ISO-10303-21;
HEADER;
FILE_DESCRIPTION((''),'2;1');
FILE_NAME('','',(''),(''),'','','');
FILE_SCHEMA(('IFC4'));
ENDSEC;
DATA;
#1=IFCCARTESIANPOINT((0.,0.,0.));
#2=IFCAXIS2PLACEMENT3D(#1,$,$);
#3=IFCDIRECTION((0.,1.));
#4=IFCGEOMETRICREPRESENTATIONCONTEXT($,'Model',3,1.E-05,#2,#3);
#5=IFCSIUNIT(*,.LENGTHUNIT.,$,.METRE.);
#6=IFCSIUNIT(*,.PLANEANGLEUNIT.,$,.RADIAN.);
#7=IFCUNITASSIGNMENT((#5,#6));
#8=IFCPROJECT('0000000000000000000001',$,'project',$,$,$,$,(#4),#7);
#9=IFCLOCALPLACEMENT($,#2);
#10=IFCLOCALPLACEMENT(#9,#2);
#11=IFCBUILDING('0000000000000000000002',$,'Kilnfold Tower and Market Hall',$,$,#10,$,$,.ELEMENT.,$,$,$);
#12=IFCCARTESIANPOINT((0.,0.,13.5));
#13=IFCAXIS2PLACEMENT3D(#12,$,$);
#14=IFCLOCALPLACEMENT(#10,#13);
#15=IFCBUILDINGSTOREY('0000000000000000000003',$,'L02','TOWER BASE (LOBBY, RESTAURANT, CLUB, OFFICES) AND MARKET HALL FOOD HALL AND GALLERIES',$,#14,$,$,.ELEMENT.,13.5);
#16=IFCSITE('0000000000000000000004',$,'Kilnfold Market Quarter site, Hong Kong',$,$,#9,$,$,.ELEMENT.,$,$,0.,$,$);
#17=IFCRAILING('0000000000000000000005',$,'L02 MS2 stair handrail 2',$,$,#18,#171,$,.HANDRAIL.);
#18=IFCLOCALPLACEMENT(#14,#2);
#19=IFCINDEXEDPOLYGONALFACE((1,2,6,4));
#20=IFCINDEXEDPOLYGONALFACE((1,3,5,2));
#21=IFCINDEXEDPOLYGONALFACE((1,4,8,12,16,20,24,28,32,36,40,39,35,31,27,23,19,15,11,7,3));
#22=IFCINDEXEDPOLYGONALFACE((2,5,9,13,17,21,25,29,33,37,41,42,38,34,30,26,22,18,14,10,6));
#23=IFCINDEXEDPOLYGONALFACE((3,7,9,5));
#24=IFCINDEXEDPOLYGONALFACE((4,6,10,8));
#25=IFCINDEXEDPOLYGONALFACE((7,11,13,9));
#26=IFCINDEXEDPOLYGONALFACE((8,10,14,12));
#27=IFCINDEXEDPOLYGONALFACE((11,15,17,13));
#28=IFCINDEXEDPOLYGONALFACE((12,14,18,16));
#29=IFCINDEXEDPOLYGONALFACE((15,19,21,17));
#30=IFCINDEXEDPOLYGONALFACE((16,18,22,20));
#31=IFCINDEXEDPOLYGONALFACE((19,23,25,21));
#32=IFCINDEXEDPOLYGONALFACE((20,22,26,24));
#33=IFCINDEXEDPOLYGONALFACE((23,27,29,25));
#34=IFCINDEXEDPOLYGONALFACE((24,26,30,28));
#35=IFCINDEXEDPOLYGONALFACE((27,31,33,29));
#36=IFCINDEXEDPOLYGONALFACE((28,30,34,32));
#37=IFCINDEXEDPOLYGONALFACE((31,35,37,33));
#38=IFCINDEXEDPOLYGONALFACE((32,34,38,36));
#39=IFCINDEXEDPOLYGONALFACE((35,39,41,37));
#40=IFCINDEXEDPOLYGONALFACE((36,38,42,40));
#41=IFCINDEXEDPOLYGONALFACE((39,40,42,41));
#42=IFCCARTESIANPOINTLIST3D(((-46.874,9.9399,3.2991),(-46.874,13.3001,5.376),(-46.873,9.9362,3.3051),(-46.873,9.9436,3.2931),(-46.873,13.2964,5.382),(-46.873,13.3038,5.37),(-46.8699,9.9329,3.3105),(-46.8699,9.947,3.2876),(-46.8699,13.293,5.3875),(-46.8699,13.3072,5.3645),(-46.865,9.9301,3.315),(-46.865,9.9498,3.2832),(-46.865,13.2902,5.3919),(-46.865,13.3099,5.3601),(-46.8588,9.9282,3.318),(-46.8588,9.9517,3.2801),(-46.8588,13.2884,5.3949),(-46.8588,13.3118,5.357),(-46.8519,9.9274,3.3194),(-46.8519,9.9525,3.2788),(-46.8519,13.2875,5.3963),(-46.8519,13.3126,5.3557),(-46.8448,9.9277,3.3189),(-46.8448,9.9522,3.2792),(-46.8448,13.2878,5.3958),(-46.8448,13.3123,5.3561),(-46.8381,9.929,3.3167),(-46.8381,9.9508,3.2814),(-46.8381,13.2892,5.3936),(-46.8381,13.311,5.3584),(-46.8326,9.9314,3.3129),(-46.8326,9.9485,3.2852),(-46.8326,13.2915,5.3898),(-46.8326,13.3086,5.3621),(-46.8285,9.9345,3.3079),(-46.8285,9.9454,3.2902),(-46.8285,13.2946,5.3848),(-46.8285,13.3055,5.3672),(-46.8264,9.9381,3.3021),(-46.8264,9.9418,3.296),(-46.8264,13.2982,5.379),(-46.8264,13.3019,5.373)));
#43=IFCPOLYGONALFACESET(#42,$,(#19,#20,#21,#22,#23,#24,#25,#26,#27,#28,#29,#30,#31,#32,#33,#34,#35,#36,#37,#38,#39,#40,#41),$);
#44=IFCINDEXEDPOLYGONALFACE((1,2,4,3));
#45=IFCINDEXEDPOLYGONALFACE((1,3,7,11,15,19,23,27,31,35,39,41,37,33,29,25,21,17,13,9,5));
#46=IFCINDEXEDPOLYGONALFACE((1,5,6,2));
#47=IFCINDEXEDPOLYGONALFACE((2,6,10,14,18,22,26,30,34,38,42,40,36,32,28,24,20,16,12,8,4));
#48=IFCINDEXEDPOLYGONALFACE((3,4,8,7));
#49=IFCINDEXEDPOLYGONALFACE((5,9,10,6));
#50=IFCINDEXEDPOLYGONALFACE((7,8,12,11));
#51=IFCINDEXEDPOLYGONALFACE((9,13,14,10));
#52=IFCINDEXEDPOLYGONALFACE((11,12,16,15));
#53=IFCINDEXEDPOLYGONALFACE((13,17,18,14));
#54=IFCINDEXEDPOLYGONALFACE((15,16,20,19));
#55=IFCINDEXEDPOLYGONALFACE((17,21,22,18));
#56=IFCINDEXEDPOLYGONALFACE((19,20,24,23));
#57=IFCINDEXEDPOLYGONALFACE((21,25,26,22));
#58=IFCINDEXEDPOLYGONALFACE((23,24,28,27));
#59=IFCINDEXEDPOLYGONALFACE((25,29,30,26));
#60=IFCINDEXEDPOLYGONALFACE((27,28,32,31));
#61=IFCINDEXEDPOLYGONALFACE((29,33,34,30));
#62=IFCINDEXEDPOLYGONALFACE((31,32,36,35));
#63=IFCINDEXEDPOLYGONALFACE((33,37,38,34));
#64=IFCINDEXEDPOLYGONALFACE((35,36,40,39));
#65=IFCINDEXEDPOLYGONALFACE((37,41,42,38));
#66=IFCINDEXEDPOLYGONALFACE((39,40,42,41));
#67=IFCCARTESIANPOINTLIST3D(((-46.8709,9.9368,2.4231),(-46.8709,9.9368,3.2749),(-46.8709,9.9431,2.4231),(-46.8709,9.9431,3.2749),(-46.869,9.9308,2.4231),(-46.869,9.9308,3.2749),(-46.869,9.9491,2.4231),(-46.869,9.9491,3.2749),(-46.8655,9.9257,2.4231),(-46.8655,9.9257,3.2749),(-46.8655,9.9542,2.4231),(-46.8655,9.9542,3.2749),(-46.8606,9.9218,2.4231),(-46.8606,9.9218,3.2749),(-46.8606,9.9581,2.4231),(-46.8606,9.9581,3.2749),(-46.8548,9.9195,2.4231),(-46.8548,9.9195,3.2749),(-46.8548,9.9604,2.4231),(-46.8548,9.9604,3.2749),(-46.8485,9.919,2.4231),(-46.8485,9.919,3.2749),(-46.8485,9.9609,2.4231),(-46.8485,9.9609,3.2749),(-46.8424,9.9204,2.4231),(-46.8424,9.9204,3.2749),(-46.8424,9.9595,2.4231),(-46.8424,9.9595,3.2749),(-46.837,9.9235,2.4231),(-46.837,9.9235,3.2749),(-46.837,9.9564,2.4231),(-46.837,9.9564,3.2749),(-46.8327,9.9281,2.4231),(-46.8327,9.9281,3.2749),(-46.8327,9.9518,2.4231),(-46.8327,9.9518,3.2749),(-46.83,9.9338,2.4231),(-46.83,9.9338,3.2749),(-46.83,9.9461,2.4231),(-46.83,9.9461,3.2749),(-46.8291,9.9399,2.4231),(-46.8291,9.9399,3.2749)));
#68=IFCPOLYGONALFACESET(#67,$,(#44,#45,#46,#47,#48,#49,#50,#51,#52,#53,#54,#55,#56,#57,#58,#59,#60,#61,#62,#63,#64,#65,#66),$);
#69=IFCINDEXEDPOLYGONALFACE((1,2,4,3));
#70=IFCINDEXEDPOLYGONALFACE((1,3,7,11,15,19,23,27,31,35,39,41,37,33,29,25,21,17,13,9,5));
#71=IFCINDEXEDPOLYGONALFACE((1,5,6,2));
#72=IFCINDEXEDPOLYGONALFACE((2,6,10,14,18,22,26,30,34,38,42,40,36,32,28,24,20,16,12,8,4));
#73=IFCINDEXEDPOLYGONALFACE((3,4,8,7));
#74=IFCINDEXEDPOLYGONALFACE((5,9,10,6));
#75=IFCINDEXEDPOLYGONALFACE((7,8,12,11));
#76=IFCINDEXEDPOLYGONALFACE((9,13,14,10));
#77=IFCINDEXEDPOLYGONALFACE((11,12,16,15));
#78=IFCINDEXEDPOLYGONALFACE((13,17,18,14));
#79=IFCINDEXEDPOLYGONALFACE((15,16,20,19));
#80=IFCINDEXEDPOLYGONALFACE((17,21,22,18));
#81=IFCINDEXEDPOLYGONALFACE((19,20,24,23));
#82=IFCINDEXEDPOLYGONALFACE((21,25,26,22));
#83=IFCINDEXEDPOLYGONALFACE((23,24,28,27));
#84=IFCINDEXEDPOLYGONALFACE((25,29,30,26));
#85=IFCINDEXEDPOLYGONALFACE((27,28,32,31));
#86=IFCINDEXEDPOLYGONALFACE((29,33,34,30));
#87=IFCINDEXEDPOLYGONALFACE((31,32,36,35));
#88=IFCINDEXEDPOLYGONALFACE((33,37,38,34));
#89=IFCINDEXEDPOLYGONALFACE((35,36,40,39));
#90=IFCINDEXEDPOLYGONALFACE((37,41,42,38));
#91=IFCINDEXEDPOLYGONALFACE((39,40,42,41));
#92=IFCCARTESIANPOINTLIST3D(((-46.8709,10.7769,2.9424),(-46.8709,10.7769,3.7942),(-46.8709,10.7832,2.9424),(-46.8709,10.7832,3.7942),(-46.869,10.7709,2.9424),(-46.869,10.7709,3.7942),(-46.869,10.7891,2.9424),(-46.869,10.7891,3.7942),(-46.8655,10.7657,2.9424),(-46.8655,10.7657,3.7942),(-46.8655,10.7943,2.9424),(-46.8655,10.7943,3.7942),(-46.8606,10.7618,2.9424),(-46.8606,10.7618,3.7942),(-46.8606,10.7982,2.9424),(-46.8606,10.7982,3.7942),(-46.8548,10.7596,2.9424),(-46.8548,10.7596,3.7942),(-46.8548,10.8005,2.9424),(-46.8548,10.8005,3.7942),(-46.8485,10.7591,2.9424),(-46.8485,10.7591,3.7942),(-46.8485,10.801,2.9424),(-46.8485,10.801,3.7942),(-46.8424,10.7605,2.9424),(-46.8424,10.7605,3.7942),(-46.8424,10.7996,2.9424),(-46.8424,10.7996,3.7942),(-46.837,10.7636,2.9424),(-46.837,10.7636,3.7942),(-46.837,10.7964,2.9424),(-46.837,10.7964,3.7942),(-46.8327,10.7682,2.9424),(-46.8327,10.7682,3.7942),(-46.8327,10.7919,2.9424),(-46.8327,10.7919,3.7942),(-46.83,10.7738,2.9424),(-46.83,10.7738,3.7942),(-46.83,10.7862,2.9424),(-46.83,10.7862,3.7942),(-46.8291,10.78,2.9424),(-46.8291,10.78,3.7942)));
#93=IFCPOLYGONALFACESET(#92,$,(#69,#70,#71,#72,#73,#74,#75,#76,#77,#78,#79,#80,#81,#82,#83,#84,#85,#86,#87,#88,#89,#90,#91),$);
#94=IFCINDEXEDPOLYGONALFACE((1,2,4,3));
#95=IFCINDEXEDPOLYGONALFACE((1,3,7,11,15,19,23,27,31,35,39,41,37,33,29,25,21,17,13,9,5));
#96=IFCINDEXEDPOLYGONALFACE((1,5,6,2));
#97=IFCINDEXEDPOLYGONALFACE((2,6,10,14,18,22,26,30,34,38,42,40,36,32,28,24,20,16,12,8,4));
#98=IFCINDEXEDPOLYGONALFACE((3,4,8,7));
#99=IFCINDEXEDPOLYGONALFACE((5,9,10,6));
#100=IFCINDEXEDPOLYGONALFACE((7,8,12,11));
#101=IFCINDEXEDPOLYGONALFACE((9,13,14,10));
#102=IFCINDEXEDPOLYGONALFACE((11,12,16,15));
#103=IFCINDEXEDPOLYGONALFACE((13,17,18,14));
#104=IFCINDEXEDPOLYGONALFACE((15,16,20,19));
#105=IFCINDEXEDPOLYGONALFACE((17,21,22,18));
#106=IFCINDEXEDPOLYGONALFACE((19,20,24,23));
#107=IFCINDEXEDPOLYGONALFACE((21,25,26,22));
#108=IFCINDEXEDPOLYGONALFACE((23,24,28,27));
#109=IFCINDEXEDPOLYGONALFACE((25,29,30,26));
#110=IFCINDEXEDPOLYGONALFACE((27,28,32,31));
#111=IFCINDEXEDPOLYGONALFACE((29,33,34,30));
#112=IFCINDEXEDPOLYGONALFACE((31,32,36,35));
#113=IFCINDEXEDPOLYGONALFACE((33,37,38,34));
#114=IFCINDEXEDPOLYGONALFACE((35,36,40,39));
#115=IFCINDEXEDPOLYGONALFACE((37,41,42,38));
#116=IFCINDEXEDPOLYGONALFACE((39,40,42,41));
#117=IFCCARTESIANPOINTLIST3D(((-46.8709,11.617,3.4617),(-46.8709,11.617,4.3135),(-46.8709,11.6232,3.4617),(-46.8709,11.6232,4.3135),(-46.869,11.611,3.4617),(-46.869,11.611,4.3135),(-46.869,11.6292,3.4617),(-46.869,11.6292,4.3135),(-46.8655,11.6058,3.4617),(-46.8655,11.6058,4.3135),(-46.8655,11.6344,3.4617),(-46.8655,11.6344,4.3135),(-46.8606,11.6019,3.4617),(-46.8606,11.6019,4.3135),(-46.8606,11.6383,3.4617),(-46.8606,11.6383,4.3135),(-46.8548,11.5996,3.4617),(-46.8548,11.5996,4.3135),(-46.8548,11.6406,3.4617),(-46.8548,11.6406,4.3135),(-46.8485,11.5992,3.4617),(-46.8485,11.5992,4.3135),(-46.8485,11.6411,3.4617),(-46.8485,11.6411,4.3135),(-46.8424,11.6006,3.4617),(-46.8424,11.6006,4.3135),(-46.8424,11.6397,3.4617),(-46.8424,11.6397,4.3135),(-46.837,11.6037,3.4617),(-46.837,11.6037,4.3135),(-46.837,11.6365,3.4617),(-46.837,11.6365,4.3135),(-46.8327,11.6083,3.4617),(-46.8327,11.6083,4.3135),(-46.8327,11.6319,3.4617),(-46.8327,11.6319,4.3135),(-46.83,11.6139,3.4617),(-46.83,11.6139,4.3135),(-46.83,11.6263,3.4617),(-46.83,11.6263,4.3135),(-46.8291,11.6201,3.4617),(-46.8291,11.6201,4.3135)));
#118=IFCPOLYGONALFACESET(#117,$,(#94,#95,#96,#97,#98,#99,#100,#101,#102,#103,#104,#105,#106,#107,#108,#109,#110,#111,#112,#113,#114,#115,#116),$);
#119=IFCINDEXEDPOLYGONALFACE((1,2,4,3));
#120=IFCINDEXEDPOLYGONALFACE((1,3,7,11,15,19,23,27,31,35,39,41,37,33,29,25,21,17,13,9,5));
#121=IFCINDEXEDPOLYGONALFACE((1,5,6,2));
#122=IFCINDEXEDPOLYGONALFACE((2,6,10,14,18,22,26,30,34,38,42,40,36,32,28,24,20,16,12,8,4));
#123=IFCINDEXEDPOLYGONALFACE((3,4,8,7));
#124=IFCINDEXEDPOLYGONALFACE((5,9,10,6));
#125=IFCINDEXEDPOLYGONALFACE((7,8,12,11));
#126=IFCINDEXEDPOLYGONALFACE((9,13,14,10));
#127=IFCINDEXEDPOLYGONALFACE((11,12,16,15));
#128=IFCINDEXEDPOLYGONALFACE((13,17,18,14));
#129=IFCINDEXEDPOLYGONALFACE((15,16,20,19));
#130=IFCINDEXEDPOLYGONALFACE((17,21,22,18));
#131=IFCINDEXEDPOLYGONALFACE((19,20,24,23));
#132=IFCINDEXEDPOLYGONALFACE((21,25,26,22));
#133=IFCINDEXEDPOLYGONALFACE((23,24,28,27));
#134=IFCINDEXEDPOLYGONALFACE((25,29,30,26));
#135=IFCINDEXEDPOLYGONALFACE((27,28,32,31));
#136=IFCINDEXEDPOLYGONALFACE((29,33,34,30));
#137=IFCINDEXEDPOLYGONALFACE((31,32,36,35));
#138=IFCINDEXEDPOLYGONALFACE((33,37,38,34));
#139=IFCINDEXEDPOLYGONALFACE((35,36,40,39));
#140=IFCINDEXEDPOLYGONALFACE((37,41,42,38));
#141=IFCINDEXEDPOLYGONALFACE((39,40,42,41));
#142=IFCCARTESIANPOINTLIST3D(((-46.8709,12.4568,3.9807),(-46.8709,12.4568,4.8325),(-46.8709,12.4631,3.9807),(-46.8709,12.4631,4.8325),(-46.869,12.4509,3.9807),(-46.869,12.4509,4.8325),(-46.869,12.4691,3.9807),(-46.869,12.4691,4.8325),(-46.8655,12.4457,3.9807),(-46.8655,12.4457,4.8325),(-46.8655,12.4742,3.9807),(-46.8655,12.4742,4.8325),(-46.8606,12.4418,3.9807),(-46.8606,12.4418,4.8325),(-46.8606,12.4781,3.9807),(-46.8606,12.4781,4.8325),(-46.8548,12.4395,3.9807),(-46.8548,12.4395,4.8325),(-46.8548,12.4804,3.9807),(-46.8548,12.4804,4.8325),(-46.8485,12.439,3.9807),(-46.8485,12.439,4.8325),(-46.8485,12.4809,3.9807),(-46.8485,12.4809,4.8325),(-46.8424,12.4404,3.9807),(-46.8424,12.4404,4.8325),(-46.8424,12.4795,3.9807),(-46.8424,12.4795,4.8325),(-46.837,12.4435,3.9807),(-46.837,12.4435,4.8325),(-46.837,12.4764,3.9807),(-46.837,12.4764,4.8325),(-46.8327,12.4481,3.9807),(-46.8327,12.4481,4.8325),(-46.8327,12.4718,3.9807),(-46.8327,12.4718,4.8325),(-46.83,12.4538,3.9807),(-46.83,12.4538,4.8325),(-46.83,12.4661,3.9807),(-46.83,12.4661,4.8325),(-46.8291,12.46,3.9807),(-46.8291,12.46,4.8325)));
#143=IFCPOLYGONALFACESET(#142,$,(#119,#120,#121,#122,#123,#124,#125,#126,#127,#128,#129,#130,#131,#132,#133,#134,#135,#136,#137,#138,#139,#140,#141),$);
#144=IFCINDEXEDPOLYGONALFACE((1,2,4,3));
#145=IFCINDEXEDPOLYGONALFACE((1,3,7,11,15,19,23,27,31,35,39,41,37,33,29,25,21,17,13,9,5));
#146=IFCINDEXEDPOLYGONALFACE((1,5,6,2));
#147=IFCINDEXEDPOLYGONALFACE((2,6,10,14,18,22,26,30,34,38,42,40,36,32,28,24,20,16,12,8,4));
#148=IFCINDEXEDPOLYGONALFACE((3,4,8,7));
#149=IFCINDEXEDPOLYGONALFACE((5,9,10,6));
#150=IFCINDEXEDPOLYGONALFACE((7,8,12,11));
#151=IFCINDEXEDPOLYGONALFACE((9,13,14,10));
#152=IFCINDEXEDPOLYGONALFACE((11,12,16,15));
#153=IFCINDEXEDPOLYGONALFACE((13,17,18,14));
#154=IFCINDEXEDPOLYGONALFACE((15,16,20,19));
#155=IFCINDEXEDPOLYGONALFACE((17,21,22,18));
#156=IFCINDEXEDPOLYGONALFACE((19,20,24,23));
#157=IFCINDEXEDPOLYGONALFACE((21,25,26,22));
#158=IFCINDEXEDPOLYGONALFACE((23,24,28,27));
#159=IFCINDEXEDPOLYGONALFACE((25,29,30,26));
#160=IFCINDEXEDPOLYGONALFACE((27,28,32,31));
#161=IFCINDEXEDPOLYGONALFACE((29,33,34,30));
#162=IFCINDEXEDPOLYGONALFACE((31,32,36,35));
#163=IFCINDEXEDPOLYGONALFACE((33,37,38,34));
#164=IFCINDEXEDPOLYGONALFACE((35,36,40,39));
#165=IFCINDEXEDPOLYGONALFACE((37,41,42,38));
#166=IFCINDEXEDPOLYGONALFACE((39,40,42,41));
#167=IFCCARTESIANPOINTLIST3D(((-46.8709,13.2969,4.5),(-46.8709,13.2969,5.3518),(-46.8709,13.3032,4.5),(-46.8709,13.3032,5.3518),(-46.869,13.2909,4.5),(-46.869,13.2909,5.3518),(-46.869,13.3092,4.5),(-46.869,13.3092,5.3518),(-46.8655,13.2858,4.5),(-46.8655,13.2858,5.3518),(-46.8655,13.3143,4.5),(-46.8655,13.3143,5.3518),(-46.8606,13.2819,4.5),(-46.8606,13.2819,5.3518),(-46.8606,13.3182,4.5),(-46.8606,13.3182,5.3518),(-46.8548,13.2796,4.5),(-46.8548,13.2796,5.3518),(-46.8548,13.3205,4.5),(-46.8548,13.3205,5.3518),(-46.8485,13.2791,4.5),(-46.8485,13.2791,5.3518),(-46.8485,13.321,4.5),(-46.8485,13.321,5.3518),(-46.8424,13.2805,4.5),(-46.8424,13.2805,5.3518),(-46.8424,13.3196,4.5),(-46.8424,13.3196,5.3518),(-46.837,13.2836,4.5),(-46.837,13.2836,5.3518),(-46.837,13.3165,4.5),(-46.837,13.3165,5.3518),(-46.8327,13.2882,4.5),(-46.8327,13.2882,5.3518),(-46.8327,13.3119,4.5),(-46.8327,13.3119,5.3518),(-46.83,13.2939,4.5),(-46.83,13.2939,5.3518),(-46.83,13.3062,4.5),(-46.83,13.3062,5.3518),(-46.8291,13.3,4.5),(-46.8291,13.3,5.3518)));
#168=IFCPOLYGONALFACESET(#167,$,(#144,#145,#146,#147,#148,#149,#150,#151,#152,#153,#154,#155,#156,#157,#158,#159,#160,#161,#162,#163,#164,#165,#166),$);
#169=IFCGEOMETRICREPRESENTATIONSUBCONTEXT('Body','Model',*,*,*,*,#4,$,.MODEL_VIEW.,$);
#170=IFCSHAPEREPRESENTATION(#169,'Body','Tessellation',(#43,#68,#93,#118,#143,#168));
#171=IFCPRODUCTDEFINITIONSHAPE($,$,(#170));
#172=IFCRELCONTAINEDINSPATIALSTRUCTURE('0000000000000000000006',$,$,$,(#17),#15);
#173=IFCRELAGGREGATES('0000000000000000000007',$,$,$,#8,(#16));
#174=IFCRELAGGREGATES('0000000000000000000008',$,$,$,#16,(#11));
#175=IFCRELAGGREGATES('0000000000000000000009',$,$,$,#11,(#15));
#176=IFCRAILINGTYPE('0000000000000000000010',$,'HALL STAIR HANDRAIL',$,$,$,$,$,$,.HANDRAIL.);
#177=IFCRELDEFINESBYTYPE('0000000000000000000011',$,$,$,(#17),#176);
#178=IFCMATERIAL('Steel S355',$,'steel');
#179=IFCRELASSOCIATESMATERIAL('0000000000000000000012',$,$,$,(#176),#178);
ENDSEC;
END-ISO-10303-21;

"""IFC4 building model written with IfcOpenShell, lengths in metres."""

from ifc_helpers import new_model, si_unit, direction, frame, origin, origin_2d, place, context, subcontext, project, spatial, circle, extrude, material, type_object, element, save


model = new_model("IFC4")

# Units and contexts
model_context = context("Model", 3, precision=1e-05, world=origin(), true_north=direction((0.0, 1.0)))
body_context = subcontext(model_context, "Body", "Model", "MODEL_VIEW")
ifc_project = project(units=[si_unit("LENGTHUNIT", "METRE"), si_unit("PLANEANGLEUNIT", "RADIAN")], contexts=[model_context])

# Site, building, storey
site_placement = place(None, origin())
site = spatial("IfcSite", under=ifc_project, at=site_placement, Name="Kilnfold Market Quarter site, Hong Kong", CompositionType="ELEMENT", RefElevation=0.0)
building_placement = place(site_placement, origin())
building = spatial("IfcBuilding", under=site, at=building_placement, Name="Kilnfold Tower and Market Hall", CompositionType="ELEMENT")
storey_placement = place(building_placement, frame((0.0, 0.0, 13.5)))
storey = spatial("IfcBuildingStorey", under=building, at=storey_placement, Name="L02", Description="TOWER BASE (LOBBY, RESTAURANT, CLUB, OFFICES) AND MARKET HALL FOOD HALL AND GALLERIES", CompositionType="ELEMENT", Elevation=13.5)

# Railing
ifc_material_1 = material(Name="Steel S355", Category="steel")
railing_type_1 = type_object("IfcRailingType", Name="HALL STAIR HANDRAIL", PredefinedType="HANDRAIL", material=ifc_material_1)
railing_1_placement = place(storey_placement, frame((-46.8501, 9.9399, 2.4231)))
element("IfcRailing", 1, at=railing_1_placement, inside=storey, type_object=railing_type_1, Name="L02 MS2 stair handrail 2", PredefinedType="HANDRAIL", context=body_context, shape_type="SweptSolid", body=[
    extrude(circle(Radius=0.0239, at=origin_2d()), frame((0.0, 0.0, 0.876), z_axis=(0.0, 0.850623, 0.525776), x_axis=(-1.0, 0.0, 0.0)), (0.0, 0.0, 1.0), 3.9502),
    extrude(circle(Radius=0.021, at=origin_2d()), origin(), (0.0, 0.0, 1.0), 0.8518),
    extrude(circle(Radius=0.021, at=origin_2d()), frame((0.0, 0.8401, 0.5193)), (0.0, 0.0, 1.0), 0.8518),
    extrude(circle(Radius=0.021, at=origin_2d()), frame((0.0, 1.6802, 1.0386)), (0.0, 0.0, 1.0), 0.8518),
    extrude(circle(Radius=0.021, at=origin_2d()), frame((0.0, 2.52, 1.5576)), (0.0, 0.0, 1.0), 0.8518),
    extrude(circle(Radius=0.021, at=origin_2d()), frame((0.0, 3.3601, 2.0769)), (0.0, 0.0, 1.0), 0.8518),
])

save(model, "model.ifc")
